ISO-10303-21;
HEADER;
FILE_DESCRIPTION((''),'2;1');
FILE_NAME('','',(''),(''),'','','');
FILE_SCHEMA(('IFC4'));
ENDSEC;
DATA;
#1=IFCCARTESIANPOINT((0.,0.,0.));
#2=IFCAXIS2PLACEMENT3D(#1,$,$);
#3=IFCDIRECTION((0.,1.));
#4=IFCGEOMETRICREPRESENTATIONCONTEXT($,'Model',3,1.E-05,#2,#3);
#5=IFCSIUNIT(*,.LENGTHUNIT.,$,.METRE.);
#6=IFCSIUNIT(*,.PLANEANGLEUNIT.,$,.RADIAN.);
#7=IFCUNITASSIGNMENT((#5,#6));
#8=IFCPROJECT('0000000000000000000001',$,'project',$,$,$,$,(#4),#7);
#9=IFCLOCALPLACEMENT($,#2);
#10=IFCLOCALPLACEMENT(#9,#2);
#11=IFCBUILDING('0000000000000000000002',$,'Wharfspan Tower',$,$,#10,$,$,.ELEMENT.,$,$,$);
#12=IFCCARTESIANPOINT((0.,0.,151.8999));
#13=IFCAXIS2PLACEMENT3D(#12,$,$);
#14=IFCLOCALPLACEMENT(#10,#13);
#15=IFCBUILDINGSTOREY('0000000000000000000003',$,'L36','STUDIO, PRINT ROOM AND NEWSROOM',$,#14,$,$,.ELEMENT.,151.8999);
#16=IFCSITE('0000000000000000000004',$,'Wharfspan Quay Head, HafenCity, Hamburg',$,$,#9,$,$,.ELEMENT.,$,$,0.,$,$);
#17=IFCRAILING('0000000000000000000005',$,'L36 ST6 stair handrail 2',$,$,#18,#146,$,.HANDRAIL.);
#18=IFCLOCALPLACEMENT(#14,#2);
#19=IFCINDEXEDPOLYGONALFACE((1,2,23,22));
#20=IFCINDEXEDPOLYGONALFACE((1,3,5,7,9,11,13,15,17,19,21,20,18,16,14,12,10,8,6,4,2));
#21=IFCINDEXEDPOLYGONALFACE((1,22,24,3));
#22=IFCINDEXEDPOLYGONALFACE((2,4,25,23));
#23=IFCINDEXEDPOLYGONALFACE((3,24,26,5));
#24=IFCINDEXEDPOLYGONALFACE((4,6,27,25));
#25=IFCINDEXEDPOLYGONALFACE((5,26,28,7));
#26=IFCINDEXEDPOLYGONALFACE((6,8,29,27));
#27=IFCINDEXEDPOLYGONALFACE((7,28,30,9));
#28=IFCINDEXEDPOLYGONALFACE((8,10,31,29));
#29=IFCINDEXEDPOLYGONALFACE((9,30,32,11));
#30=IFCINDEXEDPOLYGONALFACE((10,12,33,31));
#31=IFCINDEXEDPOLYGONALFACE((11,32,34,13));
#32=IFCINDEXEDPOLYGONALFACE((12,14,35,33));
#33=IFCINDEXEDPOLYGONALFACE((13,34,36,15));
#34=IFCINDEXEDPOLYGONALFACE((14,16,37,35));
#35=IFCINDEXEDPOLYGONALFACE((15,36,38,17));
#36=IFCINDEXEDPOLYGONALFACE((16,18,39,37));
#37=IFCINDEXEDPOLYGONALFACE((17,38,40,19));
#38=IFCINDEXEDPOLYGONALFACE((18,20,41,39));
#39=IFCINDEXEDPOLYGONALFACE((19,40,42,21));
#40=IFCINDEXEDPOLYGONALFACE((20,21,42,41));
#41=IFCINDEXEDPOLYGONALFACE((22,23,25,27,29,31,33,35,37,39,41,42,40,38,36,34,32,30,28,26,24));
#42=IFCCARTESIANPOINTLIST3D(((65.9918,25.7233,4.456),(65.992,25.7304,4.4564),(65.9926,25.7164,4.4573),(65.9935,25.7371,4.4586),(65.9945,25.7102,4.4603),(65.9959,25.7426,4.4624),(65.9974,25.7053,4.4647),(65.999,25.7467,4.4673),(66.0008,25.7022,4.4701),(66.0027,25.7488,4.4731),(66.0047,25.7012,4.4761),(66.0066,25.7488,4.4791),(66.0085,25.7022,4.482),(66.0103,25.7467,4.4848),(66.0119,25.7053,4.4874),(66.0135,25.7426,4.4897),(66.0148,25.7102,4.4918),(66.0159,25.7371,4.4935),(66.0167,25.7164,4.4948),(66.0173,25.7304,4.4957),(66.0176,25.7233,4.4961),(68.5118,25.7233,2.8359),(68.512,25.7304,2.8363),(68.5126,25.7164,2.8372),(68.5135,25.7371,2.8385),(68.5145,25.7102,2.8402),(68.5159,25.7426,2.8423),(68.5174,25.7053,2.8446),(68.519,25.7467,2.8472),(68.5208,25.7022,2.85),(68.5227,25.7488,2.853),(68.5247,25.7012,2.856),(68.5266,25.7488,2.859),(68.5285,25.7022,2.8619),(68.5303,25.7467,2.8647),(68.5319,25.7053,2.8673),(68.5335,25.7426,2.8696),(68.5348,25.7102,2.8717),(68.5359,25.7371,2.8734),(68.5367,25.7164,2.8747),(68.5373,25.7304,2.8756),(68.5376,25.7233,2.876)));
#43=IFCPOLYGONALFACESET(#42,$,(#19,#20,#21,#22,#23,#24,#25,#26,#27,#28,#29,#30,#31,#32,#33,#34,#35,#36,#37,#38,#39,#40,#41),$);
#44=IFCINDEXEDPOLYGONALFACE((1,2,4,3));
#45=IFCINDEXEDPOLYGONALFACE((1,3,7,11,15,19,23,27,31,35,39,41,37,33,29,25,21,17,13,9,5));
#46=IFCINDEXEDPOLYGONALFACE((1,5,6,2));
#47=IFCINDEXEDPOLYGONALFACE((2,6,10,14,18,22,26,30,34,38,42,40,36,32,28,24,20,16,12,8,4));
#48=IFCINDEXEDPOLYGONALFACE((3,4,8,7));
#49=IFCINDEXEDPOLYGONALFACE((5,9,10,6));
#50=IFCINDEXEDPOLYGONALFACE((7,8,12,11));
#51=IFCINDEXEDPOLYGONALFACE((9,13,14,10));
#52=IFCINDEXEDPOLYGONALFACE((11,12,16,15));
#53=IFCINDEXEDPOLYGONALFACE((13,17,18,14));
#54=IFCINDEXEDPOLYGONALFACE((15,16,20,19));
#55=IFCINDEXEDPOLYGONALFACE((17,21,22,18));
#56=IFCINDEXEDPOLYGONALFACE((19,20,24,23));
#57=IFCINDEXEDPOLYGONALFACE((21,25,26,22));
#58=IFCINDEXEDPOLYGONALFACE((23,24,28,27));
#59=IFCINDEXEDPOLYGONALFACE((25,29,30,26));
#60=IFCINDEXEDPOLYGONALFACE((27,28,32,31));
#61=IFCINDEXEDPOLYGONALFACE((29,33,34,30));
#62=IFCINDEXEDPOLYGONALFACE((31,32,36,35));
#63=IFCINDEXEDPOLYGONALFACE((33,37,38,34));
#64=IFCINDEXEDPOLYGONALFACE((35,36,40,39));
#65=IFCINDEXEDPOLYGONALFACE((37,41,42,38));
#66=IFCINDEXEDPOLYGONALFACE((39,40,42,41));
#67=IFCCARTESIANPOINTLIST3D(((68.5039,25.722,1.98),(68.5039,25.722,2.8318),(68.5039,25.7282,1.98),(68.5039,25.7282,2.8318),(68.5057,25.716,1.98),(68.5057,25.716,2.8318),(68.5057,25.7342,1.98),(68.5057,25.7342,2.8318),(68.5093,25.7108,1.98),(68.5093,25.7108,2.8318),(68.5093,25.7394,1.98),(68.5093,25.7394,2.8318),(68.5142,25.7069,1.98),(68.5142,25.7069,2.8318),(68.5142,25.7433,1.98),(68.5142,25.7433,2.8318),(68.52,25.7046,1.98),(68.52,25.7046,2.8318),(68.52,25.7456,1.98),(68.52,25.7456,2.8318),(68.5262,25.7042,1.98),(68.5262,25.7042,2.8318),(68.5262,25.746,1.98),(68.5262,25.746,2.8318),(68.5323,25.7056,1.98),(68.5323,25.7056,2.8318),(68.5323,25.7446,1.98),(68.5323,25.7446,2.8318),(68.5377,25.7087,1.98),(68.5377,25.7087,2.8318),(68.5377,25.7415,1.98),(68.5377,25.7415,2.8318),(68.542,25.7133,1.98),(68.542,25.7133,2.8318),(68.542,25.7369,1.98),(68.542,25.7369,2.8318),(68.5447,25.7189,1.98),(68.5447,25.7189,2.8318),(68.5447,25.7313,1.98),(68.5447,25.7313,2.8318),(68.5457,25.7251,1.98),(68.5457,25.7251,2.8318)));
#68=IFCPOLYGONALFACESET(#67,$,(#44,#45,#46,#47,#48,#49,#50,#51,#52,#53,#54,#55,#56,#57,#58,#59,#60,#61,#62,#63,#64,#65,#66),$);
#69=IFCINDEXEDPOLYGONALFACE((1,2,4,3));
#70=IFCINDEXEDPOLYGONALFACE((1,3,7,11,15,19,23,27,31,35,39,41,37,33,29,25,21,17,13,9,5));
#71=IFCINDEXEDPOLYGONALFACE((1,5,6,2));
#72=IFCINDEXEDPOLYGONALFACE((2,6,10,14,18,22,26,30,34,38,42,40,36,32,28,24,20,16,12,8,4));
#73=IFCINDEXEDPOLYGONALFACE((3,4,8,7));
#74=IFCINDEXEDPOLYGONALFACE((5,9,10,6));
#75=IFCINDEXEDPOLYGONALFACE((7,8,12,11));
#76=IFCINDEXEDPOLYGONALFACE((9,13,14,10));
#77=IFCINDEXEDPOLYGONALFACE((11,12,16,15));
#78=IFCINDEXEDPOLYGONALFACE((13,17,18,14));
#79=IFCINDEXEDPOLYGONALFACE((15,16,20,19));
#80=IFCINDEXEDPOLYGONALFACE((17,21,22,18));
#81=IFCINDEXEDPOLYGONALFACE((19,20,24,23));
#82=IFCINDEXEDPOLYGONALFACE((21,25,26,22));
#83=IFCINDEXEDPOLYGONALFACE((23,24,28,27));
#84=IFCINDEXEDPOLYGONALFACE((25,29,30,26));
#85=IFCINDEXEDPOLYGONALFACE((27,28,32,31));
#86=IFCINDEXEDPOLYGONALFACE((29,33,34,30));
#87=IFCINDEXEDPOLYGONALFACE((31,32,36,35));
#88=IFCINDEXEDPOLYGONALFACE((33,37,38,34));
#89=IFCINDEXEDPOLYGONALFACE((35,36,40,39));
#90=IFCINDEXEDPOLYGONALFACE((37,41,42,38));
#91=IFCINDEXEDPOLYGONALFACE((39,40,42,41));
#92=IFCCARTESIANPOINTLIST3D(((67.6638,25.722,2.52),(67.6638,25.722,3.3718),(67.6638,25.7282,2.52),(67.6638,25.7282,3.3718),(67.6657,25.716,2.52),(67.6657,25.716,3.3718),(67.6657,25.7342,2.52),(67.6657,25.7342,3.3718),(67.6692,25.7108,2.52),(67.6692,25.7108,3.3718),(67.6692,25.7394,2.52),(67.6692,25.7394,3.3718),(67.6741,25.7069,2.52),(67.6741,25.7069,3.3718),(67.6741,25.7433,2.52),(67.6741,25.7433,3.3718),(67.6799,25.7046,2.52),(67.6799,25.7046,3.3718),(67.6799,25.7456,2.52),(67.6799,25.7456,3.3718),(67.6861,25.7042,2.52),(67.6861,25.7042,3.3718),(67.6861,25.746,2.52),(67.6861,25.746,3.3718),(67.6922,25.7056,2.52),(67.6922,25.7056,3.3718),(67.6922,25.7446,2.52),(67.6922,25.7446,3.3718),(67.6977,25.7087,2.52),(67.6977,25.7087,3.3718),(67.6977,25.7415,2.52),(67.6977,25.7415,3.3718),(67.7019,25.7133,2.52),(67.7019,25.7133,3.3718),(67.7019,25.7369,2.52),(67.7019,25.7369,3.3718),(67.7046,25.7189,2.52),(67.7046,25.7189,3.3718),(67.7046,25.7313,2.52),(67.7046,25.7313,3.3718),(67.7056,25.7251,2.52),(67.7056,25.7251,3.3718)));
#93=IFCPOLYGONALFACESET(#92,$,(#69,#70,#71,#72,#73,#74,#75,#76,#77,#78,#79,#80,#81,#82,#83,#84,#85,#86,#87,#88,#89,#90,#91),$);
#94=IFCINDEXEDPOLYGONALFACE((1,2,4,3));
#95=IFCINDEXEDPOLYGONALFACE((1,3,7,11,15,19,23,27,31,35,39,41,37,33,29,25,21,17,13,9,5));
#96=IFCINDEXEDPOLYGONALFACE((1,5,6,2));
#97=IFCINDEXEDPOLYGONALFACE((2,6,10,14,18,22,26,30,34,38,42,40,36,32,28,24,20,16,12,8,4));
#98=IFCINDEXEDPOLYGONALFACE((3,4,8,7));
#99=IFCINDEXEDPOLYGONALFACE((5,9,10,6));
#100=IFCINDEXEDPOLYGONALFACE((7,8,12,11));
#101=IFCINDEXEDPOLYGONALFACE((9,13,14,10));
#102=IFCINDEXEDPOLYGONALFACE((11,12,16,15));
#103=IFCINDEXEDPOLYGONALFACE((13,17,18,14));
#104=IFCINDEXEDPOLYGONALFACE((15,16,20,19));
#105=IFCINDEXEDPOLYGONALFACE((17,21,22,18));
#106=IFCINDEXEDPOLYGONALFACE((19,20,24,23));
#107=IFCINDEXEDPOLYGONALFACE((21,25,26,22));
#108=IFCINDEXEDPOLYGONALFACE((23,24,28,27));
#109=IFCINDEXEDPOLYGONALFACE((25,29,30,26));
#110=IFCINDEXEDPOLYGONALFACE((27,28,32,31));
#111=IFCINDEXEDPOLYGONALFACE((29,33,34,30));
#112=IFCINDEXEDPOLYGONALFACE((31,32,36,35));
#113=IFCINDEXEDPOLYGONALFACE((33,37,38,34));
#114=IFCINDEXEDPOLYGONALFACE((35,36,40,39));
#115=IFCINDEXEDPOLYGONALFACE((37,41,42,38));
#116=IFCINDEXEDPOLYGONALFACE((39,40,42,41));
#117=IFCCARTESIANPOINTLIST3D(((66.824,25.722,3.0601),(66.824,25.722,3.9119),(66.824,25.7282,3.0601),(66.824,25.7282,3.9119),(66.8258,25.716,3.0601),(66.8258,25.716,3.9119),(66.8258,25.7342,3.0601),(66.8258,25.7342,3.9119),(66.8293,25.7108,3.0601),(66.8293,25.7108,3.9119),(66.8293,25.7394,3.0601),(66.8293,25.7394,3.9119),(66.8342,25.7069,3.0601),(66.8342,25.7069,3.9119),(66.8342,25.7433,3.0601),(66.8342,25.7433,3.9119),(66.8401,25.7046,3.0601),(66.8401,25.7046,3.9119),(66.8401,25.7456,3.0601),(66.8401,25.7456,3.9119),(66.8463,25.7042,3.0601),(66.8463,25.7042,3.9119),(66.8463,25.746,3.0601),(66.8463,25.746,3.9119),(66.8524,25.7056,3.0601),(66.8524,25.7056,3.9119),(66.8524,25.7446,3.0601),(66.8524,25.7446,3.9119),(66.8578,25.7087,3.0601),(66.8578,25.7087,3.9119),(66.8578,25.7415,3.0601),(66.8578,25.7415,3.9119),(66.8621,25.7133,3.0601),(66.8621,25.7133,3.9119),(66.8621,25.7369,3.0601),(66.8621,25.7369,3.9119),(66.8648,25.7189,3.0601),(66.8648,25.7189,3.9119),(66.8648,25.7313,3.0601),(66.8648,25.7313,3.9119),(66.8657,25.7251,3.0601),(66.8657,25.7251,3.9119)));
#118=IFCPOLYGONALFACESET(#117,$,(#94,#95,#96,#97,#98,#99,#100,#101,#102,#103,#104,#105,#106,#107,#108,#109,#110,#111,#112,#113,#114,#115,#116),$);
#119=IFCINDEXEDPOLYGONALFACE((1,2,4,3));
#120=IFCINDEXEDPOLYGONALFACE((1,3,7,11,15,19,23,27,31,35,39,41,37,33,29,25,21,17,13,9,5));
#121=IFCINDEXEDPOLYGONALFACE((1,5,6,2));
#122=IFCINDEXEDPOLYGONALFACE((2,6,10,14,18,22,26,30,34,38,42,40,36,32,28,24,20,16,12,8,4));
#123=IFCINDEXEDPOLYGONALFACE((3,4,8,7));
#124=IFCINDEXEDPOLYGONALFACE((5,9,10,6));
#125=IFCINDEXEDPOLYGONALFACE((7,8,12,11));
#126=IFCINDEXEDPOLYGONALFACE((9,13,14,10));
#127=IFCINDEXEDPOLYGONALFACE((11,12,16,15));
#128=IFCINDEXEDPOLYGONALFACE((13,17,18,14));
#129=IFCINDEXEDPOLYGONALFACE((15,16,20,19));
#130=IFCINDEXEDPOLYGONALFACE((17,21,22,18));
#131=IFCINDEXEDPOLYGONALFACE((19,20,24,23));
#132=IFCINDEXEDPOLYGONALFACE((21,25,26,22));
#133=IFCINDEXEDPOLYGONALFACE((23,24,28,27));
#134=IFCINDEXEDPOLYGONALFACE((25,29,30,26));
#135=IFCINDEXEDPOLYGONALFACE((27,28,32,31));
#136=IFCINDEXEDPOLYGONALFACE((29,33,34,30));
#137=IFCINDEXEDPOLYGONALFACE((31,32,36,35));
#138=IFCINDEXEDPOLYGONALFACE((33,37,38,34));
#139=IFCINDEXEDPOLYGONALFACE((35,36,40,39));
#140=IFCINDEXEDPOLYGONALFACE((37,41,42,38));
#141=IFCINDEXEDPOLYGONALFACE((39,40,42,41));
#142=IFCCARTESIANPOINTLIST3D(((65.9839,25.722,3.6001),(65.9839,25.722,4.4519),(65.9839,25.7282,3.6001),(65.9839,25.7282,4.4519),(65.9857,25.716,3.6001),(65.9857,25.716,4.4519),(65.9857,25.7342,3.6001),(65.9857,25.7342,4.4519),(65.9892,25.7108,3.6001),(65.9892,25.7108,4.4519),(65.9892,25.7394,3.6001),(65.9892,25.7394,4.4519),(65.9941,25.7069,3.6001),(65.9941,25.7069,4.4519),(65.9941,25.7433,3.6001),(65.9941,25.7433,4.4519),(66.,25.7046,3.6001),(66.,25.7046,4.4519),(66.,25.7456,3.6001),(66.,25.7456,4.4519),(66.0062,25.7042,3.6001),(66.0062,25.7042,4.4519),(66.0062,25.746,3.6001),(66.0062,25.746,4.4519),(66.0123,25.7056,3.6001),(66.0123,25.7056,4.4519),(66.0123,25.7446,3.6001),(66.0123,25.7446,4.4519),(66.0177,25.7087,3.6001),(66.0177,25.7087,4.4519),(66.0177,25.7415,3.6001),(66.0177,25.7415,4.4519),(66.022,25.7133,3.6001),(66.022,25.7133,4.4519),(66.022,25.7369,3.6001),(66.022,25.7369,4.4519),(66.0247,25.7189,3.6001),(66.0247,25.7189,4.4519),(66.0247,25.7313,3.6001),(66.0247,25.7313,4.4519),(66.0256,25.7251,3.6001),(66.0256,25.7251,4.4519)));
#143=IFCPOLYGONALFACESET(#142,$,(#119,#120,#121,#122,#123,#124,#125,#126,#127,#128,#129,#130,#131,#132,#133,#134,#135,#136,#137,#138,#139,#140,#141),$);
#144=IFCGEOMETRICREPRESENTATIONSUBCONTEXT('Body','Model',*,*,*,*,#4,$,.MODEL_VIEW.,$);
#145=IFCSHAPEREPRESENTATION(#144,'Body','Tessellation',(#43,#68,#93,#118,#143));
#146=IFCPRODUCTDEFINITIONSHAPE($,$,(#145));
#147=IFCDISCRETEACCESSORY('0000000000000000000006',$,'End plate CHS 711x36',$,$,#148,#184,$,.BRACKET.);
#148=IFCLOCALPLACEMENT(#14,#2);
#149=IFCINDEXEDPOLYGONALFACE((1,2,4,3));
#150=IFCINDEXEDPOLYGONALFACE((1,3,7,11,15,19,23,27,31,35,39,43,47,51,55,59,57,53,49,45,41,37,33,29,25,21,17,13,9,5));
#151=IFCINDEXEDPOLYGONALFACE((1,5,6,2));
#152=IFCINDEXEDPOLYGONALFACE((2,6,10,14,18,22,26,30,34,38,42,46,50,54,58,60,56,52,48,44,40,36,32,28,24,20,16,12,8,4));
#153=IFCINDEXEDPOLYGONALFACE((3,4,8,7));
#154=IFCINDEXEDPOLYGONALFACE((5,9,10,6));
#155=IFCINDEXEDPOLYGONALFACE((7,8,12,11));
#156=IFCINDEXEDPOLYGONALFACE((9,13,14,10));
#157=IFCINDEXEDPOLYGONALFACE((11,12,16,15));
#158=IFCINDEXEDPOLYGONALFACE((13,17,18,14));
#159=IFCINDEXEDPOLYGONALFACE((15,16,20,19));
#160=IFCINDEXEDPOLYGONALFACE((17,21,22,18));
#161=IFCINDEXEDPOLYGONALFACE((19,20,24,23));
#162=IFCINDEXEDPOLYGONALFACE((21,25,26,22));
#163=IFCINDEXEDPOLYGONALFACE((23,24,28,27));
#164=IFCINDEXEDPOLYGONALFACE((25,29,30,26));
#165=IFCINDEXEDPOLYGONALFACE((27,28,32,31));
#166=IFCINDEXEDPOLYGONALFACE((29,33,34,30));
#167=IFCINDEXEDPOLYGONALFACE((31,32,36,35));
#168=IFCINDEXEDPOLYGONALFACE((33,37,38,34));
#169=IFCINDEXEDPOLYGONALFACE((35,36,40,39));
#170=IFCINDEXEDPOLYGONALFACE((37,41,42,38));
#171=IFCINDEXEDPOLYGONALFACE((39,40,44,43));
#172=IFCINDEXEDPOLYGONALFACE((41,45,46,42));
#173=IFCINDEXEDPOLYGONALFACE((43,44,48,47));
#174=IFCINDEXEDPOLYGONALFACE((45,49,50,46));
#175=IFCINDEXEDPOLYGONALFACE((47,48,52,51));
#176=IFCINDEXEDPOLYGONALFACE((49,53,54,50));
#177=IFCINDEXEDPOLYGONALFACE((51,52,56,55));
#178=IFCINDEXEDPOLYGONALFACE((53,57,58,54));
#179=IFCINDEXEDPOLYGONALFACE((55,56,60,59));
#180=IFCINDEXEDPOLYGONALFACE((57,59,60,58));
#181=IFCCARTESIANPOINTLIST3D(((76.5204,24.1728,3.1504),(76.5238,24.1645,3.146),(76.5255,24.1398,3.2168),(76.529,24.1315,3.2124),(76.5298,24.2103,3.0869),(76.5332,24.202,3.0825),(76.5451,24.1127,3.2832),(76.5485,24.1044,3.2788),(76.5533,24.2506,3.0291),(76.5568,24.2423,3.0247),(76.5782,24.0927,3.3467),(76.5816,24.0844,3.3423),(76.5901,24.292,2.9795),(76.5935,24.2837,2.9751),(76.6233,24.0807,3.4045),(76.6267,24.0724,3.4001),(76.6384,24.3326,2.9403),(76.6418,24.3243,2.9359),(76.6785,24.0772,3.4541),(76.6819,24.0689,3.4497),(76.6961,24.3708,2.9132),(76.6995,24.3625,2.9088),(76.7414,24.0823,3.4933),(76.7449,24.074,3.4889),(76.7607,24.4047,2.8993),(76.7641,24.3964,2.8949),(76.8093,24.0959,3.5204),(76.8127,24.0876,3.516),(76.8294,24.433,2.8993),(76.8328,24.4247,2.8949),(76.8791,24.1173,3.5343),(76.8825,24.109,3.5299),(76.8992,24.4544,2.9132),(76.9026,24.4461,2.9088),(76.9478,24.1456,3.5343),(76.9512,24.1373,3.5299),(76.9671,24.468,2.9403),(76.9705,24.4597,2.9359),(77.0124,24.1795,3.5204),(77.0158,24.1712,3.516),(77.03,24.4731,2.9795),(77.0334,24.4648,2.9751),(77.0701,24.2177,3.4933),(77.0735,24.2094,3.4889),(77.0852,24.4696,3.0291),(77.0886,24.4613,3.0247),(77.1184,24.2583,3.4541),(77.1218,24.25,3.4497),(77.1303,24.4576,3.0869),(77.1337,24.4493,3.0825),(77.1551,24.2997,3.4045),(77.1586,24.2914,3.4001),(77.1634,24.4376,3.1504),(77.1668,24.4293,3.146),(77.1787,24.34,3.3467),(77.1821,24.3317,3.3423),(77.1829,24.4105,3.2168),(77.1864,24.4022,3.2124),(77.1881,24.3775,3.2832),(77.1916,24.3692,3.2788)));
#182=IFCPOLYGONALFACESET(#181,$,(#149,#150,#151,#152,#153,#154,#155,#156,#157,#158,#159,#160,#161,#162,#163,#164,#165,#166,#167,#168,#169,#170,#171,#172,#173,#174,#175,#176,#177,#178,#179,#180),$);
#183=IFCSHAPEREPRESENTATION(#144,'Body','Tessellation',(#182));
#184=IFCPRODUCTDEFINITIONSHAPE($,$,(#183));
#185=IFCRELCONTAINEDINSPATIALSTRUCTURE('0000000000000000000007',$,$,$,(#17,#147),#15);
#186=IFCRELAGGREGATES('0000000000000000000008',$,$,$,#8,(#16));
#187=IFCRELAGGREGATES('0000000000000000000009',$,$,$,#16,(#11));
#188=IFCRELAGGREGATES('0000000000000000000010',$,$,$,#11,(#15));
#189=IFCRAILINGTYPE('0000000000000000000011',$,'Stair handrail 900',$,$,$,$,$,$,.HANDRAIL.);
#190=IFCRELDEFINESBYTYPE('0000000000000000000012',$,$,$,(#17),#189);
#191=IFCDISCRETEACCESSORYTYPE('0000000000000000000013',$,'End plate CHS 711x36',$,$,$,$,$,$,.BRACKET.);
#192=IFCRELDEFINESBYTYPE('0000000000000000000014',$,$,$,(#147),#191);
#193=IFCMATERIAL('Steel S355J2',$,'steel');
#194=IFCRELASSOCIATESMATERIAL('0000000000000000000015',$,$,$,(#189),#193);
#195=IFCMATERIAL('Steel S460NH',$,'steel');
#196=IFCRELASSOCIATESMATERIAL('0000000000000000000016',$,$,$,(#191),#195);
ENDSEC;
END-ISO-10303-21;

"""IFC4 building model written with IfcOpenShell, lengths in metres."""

from ifc_helpers import new_model, si_unit, direction, frame, origin, origin_2d, place, context, subcontext, project, spatial, circle, extrude, material, material_profile, profile_set, type_object, element, save


model = new_model("IFC4")

# Units and contexts
model_context = context("Model", 3, precision=1e-05, world=origin(), true_north=direction((0.0, 1.0)))
body_context = subcontext(model_context, "Body", "Model", "MODEL_VIEW")
ifc_project = project(units=[si_unit("LENGTHUNIT", "METRE"), si_unit("PLANEANGLEUNIT", "RADIAN")], contexts=[model_context])

# Site, building, storey
site_placement = place(None, origin())
site = spatial("IfcSite", under=ifc_project, at=site_placement, Name="Wharfspan Quay Head, HafenCity, Hamburg", CompositionType="ELEMENT", RefElevation=0.0)
building_placement = place(site_placement, origin())
building = spatial("IfcBuilding", under=site, at=building_placement, Name="Wharfspan Tower", CompositionType="ELEMENT")
storey_placement = place(building_placement, frame((0.0, 0.0, 151.8999)))
storey = spatial("IfcBuildingStorey", under=building, at=storey_placement, Name="L36", Description="STUDIO, PRINT ROOM AND NEWSROOM", CompositionType="ELEMENT", Elevation=151.8999)

# Shared definitions
ifc_material_1 = material(Name="Steel S355J2", Category="steel")

# Shared definitions
ifc_material_2 = material(Name="Steel S460NH", Category="steel")

# Railing
railing_type_1 = type_object("IfcRailingType", Name="Stair handrail 900", PredefinedType="HANDRAIL", material=ifc_material_1)
railing_1_placement = place(storey_placement, frame((68.5247, 25.7251, 1.98)))
element("IfcRailing", 1, at=railing_1_placement, inside=storey, type_object=railing_type_1, Name="L36 ST6 stair handrail 2", PredefinedType="HANDRAIL", context=body_context, shape_type="SweptSolid", body=[
    extrude(circle(Radius=0.0239, at=origin_2d()), frame((0.0, 0.0, 0.876), z_axis=(-0.841163, 0.0, 0.540782), x_axis=(0.0, -1.0, 0.0)), (0.0, 0.0, 1.0), 2.9958),
    extrude(circle(Radius=0.021, at=origin_2d()), origin(), (0.0, 0.0, 1.0), 0.8518),
    extrude(circle(Radius=0.021, at=origin_2d()), frame((-0.8401, 0.0, 0.54)), (0.0, 0.0, 1.0), 0.8518),
    extrude(circle(Radius=0.021, at=origin_2d()), frame((-1.6799, 0.0, 1.0801)), (0.0, 0.0, 1.0), 0.8518),
    extrude(circle(Radius=0.021, at=origin_2d()), frame((-2.52, 0.0, 1.6201)), (0.0, 0.0, 1.0), 0.8518),
])

# Discrete accessory
ifc_material_profile_1 = material_profile(ifc_material_2, circle(Radius=0.3555, at=origin_2d()))
ifc_profile_set_1 = profile_set([ifc_material_profile_1], Name="Steel S460NH")
discrete_accessory_type = type_object("IfcDiscreteAccessoryType", Name="End plate CHS 711x36", PredefinedType="BRACKET", material=ifc_profile_set_1)
for number, where, z_axis, x_axis, name in (
    (2, (76.8577, 24.2668, 3.2124), (-0.341972, 0.830504, 0.439679), (-0.924678, -0.380749, -0.000001), "End plate CHS 711x36"),
):
    element("IfcDiscreteAccessory", number, at=place(storey_placement, frame(where, z_axis=z_axis, x_axis=x_axis)), inside=storey, type_object=discrete_accessory_type, Name=name, PredefinedType="BRACKET", context=body_context, shape_type="SweptSolid", body=[
        extrude(circle(Radius=0.3555, at=origin_2d()), origin(), (0.0, 0.0, 1.0), 0.01),
    ])

save(model, "model.ifc")
